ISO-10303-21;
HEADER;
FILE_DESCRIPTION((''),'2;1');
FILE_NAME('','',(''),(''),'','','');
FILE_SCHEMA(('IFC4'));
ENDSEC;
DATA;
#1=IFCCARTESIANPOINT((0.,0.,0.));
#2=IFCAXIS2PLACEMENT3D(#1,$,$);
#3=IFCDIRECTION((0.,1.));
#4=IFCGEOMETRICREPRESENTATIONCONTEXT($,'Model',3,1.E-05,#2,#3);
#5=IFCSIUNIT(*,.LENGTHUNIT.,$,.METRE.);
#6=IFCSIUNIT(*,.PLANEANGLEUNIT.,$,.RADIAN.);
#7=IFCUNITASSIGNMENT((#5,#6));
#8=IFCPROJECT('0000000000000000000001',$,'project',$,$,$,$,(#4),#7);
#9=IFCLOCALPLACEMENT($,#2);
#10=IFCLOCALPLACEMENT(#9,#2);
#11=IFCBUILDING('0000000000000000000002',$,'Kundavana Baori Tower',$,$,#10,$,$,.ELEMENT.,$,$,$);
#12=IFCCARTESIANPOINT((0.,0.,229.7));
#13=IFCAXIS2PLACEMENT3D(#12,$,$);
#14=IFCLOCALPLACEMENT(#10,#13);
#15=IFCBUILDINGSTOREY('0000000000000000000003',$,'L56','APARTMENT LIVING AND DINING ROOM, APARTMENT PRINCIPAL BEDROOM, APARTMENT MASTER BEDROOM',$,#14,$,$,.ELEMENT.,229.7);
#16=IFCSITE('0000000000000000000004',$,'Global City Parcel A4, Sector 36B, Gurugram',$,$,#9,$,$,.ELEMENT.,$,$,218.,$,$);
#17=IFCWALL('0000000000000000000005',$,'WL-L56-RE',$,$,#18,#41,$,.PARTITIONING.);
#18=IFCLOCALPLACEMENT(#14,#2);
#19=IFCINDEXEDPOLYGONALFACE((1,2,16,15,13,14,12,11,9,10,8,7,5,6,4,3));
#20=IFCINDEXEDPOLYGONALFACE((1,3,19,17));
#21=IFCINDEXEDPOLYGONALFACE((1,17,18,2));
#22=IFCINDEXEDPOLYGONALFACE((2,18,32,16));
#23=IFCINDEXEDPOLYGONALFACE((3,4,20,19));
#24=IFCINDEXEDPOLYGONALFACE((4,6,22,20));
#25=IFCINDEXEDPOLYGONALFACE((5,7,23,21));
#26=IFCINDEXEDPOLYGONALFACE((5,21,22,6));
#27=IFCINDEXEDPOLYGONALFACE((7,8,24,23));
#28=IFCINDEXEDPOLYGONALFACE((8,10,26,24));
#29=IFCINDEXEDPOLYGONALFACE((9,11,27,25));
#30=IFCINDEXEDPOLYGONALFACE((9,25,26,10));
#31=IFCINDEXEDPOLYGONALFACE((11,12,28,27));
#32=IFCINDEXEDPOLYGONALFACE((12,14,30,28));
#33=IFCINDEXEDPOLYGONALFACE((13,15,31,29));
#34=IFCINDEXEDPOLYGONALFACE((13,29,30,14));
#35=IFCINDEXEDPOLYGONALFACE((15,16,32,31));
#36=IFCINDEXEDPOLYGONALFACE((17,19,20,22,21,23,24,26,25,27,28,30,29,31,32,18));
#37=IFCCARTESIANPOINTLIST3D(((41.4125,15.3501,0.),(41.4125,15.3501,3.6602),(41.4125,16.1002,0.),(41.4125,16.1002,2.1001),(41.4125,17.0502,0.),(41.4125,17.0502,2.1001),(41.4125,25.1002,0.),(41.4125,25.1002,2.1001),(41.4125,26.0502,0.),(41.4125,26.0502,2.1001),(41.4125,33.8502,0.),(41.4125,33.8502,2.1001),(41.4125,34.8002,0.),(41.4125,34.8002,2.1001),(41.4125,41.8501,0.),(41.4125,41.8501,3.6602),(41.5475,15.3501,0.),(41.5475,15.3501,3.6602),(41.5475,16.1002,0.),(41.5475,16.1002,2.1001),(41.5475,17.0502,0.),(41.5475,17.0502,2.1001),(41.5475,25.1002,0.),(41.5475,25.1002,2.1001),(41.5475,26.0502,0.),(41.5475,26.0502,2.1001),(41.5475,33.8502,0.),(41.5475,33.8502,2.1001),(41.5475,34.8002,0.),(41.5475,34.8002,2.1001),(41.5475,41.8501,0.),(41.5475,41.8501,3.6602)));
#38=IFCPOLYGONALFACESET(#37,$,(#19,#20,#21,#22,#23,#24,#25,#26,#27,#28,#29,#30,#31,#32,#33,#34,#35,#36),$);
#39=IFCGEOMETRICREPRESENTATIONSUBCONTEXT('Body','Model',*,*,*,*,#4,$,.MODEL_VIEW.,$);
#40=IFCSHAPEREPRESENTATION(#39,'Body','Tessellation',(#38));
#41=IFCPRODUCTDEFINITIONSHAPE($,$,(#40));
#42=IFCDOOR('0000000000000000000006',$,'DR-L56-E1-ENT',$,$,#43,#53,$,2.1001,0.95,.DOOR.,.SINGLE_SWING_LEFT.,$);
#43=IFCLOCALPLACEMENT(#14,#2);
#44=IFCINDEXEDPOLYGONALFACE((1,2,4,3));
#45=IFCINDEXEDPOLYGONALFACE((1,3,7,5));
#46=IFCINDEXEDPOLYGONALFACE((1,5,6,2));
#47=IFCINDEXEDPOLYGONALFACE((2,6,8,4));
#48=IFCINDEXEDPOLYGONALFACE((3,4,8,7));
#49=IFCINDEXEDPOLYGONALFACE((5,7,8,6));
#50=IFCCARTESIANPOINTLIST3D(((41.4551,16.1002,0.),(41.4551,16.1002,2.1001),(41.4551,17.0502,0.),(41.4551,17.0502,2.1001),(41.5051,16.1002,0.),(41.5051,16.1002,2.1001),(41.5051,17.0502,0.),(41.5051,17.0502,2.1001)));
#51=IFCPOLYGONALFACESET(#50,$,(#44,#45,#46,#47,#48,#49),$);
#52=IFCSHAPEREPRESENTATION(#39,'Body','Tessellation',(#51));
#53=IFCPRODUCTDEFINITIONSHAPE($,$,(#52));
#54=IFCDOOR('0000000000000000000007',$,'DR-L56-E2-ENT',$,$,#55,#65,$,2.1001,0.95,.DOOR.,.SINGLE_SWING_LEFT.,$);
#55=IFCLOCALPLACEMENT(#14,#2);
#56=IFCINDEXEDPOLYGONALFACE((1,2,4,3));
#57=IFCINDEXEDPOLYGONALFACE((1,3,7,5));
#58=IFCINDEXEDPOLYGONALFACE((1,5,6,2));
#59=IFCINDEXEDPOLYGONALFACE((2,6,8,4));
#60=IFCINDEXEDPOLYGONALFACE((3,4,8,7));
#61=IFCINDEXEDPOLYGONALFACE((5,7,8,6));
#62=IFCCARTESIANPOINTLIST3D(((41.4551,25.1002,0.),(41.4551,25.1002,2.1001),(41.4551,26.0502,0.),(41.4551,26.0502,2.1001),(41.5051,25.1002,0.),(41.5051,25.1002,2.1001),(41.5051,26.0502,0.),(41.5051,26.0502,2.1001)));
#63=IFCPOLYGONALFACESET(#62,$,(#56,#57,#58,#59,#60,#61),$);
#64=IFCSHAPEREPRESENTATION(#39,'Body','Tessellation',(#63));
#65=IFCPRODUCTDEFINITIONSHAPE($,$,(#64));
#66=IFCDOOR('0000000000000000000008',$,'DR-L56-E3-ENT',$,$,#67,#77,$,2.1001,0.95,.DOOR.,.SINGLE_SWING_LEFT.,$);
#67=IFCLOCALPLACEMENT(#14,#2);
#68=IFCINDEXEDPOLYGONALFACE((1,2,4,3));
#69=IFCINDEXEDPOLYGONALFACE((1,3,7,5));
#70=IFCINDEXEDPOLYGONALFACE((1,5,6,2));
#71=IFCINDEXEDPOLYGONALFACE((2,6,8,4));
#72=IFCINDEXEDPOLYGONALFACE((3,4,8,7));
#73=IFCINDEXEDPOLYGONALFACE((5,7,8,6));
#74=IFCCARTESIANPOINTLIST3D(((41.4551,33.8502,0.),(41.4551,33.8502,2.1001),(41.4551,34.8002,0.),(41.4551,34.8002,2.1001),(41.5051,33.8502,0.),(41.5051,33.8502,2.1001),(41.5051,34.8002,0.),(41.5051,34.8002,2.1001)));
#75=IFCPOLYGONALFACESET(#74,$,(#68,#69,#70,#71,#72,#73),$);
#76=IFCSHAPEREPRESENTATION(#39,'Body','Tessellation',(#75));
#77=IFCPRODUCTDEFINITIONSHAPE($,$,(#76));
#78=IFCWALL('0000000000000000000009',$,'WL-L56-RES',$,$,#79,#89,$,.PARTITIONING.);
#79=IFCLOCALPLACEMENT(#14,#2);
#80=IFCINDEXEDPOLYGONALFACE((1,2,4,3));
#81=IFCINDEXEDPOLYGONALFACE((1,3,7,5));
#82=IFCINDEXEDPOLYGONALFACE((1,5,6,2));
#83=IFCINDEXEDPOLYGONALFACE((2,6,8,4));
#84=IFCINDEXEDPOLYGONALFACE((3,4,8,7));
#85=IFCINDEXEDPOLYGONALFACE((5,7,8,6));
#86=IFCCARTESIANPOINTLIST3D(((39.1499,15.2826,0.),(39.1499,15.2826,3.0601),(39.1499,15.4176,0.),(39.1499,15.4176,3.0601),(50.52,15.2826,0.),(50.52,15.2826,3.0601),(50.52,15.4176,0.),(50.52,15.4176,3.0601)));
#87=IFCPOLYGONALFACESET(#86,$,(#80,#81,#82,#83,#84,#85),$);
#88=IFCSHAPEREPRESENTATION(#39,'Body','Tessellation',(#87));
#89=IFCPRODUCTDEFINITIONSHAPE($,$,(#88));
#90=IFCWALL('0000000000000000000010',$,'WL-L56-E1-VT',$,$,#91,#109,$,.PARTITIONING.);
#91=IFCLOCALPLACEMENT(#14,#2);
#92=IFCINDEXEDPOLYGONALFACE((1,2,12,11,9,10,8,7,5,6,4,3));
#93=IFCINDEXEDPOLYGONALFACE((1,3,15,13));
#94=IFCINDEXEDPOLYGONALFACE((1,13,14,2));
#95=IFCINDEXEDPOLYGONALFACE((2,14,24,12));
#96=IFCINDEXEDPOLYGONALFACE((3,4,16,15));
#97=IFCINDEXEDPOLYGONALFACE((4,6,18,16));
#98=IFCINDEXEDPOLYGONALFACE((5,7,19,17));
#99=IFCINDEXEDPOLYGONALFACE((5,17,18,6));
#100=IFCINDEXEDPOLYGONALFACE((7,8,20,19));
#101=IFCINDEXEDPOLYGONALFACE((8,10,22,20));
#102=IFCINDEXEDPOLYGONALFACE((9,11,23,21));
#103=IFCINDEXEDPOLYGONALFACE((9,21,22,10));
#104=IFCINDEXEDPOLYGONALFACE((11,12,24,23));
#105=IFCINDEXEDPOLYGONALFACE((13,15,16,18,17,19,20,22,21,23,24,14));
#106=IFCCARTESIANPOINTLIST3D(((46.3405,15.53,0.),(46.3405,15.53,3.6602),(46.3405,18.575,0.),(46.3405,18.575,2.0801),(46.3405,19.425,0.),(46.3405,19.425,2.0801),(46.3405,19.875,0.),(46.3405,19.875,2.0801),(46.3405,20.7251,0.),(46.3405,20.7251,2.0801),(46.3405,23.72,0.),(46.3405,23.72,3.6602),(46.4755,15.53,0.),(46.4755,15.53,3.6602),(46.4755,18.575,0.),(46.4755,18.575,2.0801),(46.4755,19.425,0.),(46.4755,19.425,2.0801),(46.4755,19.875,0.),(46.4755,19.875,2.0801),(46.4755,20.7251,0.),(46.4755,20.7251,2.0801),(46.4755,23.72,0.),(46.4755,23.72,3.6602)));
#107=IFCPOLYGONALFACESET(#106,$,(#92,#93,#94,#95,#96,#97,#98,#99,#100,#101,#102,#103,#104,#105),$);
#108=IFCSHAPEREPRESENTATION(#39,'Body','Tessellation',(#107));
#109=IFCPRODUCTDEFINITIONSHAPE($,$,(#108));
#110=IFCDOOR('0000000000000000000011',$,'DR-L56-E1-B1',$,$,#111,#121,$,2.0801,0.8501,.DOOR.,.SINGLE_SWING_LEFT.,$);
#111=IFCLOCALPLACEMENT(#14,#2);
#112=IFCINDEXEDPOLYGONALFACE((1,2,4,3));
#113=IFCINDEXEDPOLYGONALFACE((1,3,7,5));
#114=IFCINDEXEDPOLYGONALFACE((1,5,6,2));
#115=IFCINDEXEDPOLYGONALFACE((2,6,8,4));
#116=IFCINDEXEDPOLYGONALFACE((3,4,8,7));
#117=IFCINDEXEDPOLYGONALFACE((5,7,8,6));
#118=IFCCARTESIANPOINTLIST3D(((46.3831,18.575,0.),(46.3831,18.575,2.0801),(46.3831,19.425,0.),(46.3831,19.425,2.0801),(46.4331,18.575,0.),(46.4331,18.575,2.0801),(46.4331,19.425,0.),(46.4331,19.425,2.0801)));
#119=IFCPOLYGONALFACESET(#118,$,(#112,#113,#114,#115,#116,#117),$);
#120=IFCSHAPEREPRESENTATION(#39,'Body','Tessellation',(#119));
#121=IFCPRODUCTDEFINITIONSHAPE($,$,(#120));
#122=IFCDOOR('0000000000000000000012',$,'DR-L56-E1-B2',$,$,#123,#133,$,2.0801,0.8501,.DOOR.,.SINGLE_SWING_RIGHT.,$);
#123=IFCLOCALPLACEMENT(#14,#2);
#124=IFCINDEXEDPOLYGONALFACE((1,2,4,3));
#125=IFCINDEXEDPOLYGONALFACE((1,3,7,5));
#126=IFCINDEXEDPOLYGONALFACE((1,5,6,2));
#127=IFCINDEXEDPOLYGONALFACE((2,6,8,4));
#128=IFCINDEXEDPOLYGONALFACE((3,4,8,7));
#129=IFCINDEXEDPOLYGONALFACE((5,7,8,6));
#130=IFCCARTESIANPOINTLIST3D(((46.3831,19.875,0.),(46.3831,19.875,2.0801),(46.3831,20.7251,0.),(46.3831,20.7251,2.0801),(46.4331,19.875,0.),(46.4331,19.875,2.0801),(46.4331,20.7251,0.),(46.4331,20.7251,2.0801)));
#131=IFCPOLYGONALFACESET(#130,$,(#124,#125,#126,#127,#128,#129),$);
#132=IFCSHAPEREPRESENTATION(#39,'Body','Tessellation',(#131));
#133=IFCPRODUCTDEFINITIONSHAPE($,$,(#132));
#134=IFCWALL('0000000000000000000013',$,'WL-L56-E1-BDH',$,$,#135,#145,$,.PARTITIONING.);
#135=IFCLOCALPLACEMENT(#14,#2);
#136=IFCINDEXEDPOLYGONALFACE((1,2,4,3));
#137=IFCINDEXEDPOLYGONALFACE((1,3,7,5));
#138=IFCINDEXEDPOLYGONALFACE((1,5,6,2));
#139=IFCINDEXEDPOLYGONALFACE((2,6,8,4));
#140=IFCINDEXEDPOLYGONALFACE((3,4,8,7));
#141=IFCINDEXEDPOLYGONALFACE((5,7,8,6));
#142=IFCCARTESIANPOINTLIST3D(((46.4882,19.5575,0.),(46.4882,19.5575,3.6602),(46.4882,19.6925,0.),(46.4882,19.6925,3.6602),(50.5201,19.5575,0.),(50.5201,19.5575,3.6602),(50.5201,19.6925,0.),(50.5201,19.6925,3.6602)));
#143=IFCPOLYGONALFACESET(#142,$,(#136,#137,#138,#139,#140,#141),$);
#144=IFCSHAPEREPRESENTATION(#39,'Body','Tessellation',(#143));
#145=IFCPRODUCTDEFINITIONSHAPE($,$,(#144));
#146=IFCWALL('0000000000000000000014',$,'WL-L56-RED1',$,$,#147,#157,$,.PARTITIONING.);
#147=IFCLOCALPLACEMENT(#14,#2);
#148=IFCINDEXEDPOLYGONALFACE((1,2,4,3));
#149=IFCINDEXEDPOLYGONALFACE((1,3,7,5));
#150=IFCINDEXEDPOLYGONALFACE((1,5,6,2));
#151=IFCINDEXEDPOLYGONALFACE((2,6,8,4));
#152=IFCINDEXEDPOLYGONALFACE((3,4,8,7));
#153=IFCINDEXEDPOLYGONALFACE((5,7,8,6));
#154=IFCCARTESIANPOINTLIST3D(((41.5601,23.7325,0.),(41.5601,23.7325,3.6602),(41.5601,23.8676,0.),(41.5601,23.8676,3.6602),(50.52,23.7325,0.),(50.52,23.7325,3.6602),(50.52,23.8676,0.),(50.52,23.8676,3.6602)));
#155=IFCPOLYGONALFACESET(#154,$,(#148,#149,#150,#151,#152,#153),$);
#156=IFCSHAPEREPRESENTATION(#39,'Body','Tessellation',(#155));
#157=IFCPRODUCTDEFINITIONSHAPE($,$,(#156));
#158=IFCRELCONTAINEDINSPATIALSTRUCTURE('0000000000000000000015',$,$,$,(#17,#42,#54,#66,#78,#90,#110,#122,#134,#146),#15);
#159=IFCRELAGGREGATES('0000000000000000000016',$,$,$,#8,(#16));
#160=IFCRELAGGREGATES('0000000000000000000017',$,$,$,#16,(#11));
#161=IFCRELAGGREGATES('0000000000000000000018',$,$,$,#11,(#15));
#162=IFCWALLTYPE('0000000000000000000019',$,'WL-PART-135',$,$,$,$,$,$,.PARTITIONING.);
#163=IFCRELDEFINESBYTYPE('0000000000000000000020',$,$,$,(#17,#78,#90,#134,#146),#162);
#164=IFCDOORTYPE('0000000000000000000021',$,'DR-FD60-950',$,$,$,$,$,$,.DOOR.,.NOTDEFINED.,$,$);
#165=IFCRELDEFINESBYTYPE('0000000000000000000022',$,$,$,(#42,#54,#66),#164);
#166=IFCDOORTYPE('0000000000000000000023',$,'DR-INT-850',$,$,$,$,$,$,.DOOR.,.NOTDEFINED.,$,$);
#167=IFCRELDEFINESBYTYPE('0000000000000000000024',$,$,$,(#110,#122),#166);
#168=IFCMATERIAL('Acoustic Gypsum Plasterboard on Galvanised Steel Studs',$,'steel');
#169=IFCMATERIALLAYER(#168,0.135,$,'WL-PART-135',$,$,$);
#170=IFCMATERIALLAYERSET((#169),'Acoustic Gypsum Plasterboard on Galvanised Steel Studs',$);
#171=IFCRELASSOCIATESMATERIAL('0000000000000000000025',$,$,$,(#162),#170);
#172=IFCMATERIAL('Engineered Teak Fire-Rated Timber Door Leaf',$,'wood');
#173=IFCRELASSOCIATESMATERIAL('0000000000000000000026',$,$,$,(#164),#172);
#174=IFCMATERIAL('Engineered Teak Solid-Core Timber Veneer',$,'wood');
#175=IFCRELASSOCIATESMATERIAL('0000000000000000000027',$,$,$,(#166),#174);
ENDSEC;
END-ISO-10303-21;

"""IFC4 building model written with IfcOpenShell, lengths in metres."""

from ifc_helpers import new_model, si_unit, direction, frame, frame_2d, origin, place, context, subcontext, project, spatial, rectangle, extrude, material, layer, layer_set, type_object, element, fill, save


model = new_model("IFC4")

# Units and contexts
model_context = context("Model", 3, precision=1e-05, world=origin(), true_north=direction((0.0, 1.0)))
body_context = subcontext(model_context, "Body", "Model", "MODEL_VIEW")
ifc_project = project(units=[si_unit("LENGTHUNIT", "METRE"), si_unit("PLANEANGLEUNIT", "RADIAN")], contexts=[model_context])

# Site, building, storey
site_placement = place(None, origin())
site = spatial("IfcSite", under=ifc_project, at=site_placement, Name="Global City Parcel A4, Sector 36B, Gurugram", CompositionType="ELEMENT", RefElevation=218.0)
building_placement = place(site_placement, origin())
building = spatial("IfcBuilding", under=site, at=building_placement, Name="Kundavana Baori Tower", CompositionType="ELEMENT")
storey_placement = place(building_placement, frame((0.0, 0.0, 229.7)))
storey = spatial("IfcBuildingStorey", under=building, at=storey_placement, Name="L56", Description="APARTMENT LIVING AND DINING ROOM, APARTMENT PRINCIPAL BEDROOM, APARTMENT MASTER BEDROOM", CompositionType="ELEMENT", Elevation=229.7)

# Wall, openings, doors
ifc_material_1 = material(Name="Acoustic Gypsum Plasterboard on Galvanised Steel Studs", Category="steel")
ifc_layer_1 = layer(ifc_material_1, 0.135, Name="WL-PART-135")
ifc_layer_set_1 = layer_set([ifc_layer_1], Name="Acoustic Gypsum Plasterboard on Galvanised Steel Studs")
wall_type_1 = type_object("IfcWallType", Name="WL-PART-135", PredefinedType="PARTITIONING", material=ifc_layer_set_1)
wall_1_placement = place(storey_placement, frame((41.48, 15.3501, 0.0), z_axis=(0.0, 0.0, 1.0), x_axis=(0.0, 1.0, 0.0)))
wall_1 = element("IfcWall", 1, at=wall_1_placement, inside=storey, type_object=wall_type_1, Name="WL-L56-RE", PredefinedType="PARTITIONING", context=body_context, shape_type="SweptSolid", body=[
    extrude(rectangle(XDim=26.5, YDim=0.135, at=frame_2d((13.25, 0.0))), origin(), (0.0, 0.0, 1.0), 3.6602),
])
opening_1_placement = place(wall_1_placement, frame((0.75, 0.0, 0.0)))
opening_1 = element("IfcOpeningElement", 2, at=opening_1_placement, cuts=wall_1, PredefinedType="OPENING", context=body_context, shape_type="SweptSolid", body=[
    extrude(rectangle(XDim=0.95, YDim=2.1001, at=frame_2d((0.4751, 1.05))), frame((0.0, 0.0776, 0.0), z_axis=(0.0, -1.0, 0.0), x_axis=(1.0, 0.0, 0.0)), (0.0, 0.0, 1.0), 0.155),
])
opening_2_placement = place(wall_1_placement, frame((9.75, 0.0, 0.0)))
opening_2 = element("IfcOpeningElement", 3, at=opening_2_placement, cuts=wall_1, PredefinedType="OPENING", context=body_context, shape_type="SweptSolid", body=[
    extrude(rectangle(XDim=0.95, YDim=2.1001, at=frame_2d((0.4751, 1.05))), frame((0.0, 0.0776, 0.0), z_axis=(0.0, -1.0, 0.0), x_axis=(1.0, 0.0, 0.0)), (0.0, 0.0, 1.0), 0.155),
])
opening_3_placement = place(wall_1_placement, frame((18.5, 0.0, 0.0)))
opening_3 = element("IfcOpeningElement", 4, at=opening_3_placement, cuts=wall_1, PredefinedType="OPENING", context=body_context, shape_type="SweptSolid", body=[
    extrude(rectangle(XDim=0.95, YDim=2.1001, at=frame_2d((0.4751, 1.05))), frame((0.0, 0.0776, 0.0), z_axis=(0.0, -1.0, 0.0), x_axis=(1.0, 0.0, 0.0)), (0.0, 0.0, 1.0), 0.155),
])
ifc_material_2 = material(Name="Engineered Teak Fire-Rated Timber Door Leaf", Category="wood")
door_type_1 = type_object("IfcDoorType", Name="DR-FD60-950", OperationType="NOTDEFINED", PredefinedType="DOOR", material=ifc_material_2)
door_1_placement = place(opening_1_placement, origin())
door_1 = element("IfcDoor", 5, at=door_1_placement, inside=storey, type_object=door_type_1, Name="DR-L56-E1-ENT", OperationType="SINGLE_SWING_LEFT", OverallHeight=2.1001, OverallWidth=0.95, PredefinedType="DOOR", context=body_context, shape_type="SweptSolid", body=[
    extrude(rectangle(XDim=0.95, YDim=2.1001, at=frame_2d((0.4751, 1.05))), frame((0.0, 0.0249, 0.0), z_axis=(0.0, -1.0, 0.0), x_axis=(1.0, 0.0, 0.0)), (0.0, 0.0, 1.0), 0.05),
])
fill(opening_1, door_1)
door_2_placement = place(opening_2_placement, origin())
door_2 = element("IfcDoor", 6, at=door_2_placement, inside=storey, type_object=door_type_1, Name="DR-L56-E2-ENT", OperationType="SINGLE_SWING_LEFT", OverallHeight=2.1001, OverallWidth=0.95, PredefinedType="DOOR", context=body_context, shape_type="SweptSolid", body=[
    extrude(rectangle(XDim=0.95, YDim=2.1001, at=frame_2d((0.4751, 1.05))), frame((0.0, 0.0249, 0.0), z_axis=(0.0, -1.0, 0.0), x_axis=(1.0, 0.0, 0.0)), (0.0, 0.0, 1.0), 0.05),
])
fill(opening_2, door_2)
door_3_placement = place(opening_3_placement, origin())
door_3 = element("IfcDoor", 7, at=door_3_placement, inside=storey, type_object=door_type_1, Name="DR-L56-E3-ENT", OperationType="SINGLE_SWING_LEFT", OverallHeight=2.1001, OverallWidth=0.95, PredefinedType="DOOR", context=body_context, shape_type="SweptSolid", body=[
    extrude(rectangle(XDim=0.95, YDim=2.1001, at=frame_2d((0.4751, 1.05))), frame((0.0, 0.0249, 0.0), z_axis=(0.0, -1.0, 0.0), x_axis=(1.0, 0.0, 0.0)), (0.0, 0.0, 1.0), 0.05),
])
fill(opening_3, door_3)

# Wall
wall_2_placement = place(storey_placement, frame((39.1499, 15.3501, 0.0), z_axis=(0.0, 0.0, 1.0), x_axis=(1.0, 0.0, 0.0)))
element("IfcWall", 8, at=wall_2_placement, inside=storey, type_object=wall_type_1, Name="WL-L56-RES", PredefinedType="PARTITIONING", context=body_context, shape_type="SweptSolid", body=[
    extrude(rectangle(XDim=11.3701, YDim=0.135, at=frame_2d((5.6851, 0.0))), origin(), (0.0, 0.0, 1.0), 3.0601),
])

# Wall, openings, doors
wall_3_placement = place(storey_placement, frame((46.408, 15.53, 0.0), z_axis=(0.0, 0.0, 1.0), x_axis=(0.0, 1.0, 0.0)))
wall_3 = element("IfcWall", 9, at=wall_3_placement, inside=storey, type_object=wall_type_1, Name="WL-L56-E1-VT", PredefinedType="PARTITIONING", context=body_context, shape_type="SweptSolid", body=[
    extrude(rectangle(XDim=8.1899, YDim=0.135, at=frame_2d((4.095, 0.0))), origin(), (0.0, 0.0, 1.0), 3.6602),
])
opening_4_placement = place(wall_3_placement, frame((3.0449, 0.0, 0.0)))
opening_4 = element("IfcOpeningElement", 10, at=opening_4_placement, cuts=wall_3, PredefinedType="OPENING", context=body_context, shape_type="SweptSolid", body=[
    extrude(rectangle(XDim=0.8501, YDim=2.0801, at=frame_2d((0.425, 1.04))), frame((0.0, 0.0776, 0.0), z_axis=(0.0, -1.0, 0.0), x_axis=(1.0, 0.0, 0.0)), (0.0, 0.0, 1.0), 0.155),
])
opening_5_placement = place(wall_3_placement, frame((4.345, 0.0, 0.0)))
opening_5 = element("IfcOpeningElement", 11, at=opening_5_placement, cuts=wall_3, PredefinedType="OPENING", context=body_context, shape_type="SweptSolid", body=[
    extrude(rectangle(XDim=0.8501, YDim=2.0801, at=frame_2d((0.425, 1.04))), frame((0.0, 0.0776, 0.0), z_axis=(0.0, -1.0, 0.0), x_axis=(1.0, 0.0, 0.0)), (0.0, 0.0, 1.0), 0.155),
])
ifc_material_3 = material(Name="Engineered Teak Solid-Core Timber Veneer", Category="wood")
door_type_2 = type_object("IfcDoorType", Name="DR-INT-850", OperationType="NOTDEFINED", PredefinedType="DOOR", material=ifc_material_3)
door_4_placement = place(opening_4_placement, origin())
door_4 = element("IfcDoor", 12, at=door_4_placement, inside=storey, type_object=door_type_2, Name="DR-L56-E1-B1", OperationType="SINGLE_SWING_LEFT", OverallHeight=2.0801, OverallWidth=0.8501, PredefinedType="DOOR", context=body_context, shape_type="SweptSolid", body=[
    extrude(rectangle(XDim=0.8501, YDim=2.0801, at=frame_2d((0.425, 1.04))), frame((0.0, 0.0249, 0.0), z_axis=(0.0, -1.0, 0.0), x_axis=(1.0, 0.0, 0.0)), (0.0, 0.0, 1.0), 0.05),
])
fill(opening_4, door_4)
door_5_placement = place(opening_5_placement, origin())
door_5 = element("IfcDoor", 13, at=door_5_placement, inside=storey, type_object=door_type_2, Name="DR-L56-E1-B2", OperationType="SINGLE_SWING_RIGHT", OverallHeight=2.0801, OverallWidth=0.8501, PredefinedType="DOOR", context=body_context, shape_type="SweptSolid", body=[
    extrude(rectangle(XDim=0.8501, YDim=2.0801, at=frame_2d((0.425, 1.04))), frame((0.0, 0.0249, 0.0), z_axis=(0.0, -1.0, 0.0), x_axis=(1.0, 0.0, 0.0)), (0.0, 0.0, 1.0), 0.05),
])
fill(opening_5, door_5)

# Walls
wall_4_placement = place(storey_placement, frame((46.488, 19.625, 0.0), z_axis=(0.0, 0.0, 1.0), x_axis=(1.0, 0.0, 0.0)))
element("IfcWall", 14, at=wall_4_placement, inside=storey, type_object=wall_type_1, Name="WL-L56-E1-BDH", PredefinedType="PARTITIONING", context=body_context, shape_type="SweptSolid", body=[
    extrude(rectangle(XDim=4.032, YDim=0.135, at=frame_2d((2.0161, 0.0))), origin(), (0.0, 0.0, 1.0), 3.6602),
])
wall_5_placement = place(storey_placement, frame((41.5601, 23.8, 0.0), z_axis=(0.0, 0.0, 1.0), x_axis=(1.0, 0.0, 0.0)))
element("IfcWall", 15, at=wall_5_placement, inside=storey, type_object=wall_type_1, Name="WL-L56-RED1", PredefinedType="PARTITIONING", context=body_context, shape_type="SweptSolid", body=[
    extrude(rectangle(XDim=8.96, YDim=0.135, at=frame_2d((4.48, 0.0))), origin(), (0.0, 0.0, 1.0), 3.6602),
])

save(model, "model.ifc")
